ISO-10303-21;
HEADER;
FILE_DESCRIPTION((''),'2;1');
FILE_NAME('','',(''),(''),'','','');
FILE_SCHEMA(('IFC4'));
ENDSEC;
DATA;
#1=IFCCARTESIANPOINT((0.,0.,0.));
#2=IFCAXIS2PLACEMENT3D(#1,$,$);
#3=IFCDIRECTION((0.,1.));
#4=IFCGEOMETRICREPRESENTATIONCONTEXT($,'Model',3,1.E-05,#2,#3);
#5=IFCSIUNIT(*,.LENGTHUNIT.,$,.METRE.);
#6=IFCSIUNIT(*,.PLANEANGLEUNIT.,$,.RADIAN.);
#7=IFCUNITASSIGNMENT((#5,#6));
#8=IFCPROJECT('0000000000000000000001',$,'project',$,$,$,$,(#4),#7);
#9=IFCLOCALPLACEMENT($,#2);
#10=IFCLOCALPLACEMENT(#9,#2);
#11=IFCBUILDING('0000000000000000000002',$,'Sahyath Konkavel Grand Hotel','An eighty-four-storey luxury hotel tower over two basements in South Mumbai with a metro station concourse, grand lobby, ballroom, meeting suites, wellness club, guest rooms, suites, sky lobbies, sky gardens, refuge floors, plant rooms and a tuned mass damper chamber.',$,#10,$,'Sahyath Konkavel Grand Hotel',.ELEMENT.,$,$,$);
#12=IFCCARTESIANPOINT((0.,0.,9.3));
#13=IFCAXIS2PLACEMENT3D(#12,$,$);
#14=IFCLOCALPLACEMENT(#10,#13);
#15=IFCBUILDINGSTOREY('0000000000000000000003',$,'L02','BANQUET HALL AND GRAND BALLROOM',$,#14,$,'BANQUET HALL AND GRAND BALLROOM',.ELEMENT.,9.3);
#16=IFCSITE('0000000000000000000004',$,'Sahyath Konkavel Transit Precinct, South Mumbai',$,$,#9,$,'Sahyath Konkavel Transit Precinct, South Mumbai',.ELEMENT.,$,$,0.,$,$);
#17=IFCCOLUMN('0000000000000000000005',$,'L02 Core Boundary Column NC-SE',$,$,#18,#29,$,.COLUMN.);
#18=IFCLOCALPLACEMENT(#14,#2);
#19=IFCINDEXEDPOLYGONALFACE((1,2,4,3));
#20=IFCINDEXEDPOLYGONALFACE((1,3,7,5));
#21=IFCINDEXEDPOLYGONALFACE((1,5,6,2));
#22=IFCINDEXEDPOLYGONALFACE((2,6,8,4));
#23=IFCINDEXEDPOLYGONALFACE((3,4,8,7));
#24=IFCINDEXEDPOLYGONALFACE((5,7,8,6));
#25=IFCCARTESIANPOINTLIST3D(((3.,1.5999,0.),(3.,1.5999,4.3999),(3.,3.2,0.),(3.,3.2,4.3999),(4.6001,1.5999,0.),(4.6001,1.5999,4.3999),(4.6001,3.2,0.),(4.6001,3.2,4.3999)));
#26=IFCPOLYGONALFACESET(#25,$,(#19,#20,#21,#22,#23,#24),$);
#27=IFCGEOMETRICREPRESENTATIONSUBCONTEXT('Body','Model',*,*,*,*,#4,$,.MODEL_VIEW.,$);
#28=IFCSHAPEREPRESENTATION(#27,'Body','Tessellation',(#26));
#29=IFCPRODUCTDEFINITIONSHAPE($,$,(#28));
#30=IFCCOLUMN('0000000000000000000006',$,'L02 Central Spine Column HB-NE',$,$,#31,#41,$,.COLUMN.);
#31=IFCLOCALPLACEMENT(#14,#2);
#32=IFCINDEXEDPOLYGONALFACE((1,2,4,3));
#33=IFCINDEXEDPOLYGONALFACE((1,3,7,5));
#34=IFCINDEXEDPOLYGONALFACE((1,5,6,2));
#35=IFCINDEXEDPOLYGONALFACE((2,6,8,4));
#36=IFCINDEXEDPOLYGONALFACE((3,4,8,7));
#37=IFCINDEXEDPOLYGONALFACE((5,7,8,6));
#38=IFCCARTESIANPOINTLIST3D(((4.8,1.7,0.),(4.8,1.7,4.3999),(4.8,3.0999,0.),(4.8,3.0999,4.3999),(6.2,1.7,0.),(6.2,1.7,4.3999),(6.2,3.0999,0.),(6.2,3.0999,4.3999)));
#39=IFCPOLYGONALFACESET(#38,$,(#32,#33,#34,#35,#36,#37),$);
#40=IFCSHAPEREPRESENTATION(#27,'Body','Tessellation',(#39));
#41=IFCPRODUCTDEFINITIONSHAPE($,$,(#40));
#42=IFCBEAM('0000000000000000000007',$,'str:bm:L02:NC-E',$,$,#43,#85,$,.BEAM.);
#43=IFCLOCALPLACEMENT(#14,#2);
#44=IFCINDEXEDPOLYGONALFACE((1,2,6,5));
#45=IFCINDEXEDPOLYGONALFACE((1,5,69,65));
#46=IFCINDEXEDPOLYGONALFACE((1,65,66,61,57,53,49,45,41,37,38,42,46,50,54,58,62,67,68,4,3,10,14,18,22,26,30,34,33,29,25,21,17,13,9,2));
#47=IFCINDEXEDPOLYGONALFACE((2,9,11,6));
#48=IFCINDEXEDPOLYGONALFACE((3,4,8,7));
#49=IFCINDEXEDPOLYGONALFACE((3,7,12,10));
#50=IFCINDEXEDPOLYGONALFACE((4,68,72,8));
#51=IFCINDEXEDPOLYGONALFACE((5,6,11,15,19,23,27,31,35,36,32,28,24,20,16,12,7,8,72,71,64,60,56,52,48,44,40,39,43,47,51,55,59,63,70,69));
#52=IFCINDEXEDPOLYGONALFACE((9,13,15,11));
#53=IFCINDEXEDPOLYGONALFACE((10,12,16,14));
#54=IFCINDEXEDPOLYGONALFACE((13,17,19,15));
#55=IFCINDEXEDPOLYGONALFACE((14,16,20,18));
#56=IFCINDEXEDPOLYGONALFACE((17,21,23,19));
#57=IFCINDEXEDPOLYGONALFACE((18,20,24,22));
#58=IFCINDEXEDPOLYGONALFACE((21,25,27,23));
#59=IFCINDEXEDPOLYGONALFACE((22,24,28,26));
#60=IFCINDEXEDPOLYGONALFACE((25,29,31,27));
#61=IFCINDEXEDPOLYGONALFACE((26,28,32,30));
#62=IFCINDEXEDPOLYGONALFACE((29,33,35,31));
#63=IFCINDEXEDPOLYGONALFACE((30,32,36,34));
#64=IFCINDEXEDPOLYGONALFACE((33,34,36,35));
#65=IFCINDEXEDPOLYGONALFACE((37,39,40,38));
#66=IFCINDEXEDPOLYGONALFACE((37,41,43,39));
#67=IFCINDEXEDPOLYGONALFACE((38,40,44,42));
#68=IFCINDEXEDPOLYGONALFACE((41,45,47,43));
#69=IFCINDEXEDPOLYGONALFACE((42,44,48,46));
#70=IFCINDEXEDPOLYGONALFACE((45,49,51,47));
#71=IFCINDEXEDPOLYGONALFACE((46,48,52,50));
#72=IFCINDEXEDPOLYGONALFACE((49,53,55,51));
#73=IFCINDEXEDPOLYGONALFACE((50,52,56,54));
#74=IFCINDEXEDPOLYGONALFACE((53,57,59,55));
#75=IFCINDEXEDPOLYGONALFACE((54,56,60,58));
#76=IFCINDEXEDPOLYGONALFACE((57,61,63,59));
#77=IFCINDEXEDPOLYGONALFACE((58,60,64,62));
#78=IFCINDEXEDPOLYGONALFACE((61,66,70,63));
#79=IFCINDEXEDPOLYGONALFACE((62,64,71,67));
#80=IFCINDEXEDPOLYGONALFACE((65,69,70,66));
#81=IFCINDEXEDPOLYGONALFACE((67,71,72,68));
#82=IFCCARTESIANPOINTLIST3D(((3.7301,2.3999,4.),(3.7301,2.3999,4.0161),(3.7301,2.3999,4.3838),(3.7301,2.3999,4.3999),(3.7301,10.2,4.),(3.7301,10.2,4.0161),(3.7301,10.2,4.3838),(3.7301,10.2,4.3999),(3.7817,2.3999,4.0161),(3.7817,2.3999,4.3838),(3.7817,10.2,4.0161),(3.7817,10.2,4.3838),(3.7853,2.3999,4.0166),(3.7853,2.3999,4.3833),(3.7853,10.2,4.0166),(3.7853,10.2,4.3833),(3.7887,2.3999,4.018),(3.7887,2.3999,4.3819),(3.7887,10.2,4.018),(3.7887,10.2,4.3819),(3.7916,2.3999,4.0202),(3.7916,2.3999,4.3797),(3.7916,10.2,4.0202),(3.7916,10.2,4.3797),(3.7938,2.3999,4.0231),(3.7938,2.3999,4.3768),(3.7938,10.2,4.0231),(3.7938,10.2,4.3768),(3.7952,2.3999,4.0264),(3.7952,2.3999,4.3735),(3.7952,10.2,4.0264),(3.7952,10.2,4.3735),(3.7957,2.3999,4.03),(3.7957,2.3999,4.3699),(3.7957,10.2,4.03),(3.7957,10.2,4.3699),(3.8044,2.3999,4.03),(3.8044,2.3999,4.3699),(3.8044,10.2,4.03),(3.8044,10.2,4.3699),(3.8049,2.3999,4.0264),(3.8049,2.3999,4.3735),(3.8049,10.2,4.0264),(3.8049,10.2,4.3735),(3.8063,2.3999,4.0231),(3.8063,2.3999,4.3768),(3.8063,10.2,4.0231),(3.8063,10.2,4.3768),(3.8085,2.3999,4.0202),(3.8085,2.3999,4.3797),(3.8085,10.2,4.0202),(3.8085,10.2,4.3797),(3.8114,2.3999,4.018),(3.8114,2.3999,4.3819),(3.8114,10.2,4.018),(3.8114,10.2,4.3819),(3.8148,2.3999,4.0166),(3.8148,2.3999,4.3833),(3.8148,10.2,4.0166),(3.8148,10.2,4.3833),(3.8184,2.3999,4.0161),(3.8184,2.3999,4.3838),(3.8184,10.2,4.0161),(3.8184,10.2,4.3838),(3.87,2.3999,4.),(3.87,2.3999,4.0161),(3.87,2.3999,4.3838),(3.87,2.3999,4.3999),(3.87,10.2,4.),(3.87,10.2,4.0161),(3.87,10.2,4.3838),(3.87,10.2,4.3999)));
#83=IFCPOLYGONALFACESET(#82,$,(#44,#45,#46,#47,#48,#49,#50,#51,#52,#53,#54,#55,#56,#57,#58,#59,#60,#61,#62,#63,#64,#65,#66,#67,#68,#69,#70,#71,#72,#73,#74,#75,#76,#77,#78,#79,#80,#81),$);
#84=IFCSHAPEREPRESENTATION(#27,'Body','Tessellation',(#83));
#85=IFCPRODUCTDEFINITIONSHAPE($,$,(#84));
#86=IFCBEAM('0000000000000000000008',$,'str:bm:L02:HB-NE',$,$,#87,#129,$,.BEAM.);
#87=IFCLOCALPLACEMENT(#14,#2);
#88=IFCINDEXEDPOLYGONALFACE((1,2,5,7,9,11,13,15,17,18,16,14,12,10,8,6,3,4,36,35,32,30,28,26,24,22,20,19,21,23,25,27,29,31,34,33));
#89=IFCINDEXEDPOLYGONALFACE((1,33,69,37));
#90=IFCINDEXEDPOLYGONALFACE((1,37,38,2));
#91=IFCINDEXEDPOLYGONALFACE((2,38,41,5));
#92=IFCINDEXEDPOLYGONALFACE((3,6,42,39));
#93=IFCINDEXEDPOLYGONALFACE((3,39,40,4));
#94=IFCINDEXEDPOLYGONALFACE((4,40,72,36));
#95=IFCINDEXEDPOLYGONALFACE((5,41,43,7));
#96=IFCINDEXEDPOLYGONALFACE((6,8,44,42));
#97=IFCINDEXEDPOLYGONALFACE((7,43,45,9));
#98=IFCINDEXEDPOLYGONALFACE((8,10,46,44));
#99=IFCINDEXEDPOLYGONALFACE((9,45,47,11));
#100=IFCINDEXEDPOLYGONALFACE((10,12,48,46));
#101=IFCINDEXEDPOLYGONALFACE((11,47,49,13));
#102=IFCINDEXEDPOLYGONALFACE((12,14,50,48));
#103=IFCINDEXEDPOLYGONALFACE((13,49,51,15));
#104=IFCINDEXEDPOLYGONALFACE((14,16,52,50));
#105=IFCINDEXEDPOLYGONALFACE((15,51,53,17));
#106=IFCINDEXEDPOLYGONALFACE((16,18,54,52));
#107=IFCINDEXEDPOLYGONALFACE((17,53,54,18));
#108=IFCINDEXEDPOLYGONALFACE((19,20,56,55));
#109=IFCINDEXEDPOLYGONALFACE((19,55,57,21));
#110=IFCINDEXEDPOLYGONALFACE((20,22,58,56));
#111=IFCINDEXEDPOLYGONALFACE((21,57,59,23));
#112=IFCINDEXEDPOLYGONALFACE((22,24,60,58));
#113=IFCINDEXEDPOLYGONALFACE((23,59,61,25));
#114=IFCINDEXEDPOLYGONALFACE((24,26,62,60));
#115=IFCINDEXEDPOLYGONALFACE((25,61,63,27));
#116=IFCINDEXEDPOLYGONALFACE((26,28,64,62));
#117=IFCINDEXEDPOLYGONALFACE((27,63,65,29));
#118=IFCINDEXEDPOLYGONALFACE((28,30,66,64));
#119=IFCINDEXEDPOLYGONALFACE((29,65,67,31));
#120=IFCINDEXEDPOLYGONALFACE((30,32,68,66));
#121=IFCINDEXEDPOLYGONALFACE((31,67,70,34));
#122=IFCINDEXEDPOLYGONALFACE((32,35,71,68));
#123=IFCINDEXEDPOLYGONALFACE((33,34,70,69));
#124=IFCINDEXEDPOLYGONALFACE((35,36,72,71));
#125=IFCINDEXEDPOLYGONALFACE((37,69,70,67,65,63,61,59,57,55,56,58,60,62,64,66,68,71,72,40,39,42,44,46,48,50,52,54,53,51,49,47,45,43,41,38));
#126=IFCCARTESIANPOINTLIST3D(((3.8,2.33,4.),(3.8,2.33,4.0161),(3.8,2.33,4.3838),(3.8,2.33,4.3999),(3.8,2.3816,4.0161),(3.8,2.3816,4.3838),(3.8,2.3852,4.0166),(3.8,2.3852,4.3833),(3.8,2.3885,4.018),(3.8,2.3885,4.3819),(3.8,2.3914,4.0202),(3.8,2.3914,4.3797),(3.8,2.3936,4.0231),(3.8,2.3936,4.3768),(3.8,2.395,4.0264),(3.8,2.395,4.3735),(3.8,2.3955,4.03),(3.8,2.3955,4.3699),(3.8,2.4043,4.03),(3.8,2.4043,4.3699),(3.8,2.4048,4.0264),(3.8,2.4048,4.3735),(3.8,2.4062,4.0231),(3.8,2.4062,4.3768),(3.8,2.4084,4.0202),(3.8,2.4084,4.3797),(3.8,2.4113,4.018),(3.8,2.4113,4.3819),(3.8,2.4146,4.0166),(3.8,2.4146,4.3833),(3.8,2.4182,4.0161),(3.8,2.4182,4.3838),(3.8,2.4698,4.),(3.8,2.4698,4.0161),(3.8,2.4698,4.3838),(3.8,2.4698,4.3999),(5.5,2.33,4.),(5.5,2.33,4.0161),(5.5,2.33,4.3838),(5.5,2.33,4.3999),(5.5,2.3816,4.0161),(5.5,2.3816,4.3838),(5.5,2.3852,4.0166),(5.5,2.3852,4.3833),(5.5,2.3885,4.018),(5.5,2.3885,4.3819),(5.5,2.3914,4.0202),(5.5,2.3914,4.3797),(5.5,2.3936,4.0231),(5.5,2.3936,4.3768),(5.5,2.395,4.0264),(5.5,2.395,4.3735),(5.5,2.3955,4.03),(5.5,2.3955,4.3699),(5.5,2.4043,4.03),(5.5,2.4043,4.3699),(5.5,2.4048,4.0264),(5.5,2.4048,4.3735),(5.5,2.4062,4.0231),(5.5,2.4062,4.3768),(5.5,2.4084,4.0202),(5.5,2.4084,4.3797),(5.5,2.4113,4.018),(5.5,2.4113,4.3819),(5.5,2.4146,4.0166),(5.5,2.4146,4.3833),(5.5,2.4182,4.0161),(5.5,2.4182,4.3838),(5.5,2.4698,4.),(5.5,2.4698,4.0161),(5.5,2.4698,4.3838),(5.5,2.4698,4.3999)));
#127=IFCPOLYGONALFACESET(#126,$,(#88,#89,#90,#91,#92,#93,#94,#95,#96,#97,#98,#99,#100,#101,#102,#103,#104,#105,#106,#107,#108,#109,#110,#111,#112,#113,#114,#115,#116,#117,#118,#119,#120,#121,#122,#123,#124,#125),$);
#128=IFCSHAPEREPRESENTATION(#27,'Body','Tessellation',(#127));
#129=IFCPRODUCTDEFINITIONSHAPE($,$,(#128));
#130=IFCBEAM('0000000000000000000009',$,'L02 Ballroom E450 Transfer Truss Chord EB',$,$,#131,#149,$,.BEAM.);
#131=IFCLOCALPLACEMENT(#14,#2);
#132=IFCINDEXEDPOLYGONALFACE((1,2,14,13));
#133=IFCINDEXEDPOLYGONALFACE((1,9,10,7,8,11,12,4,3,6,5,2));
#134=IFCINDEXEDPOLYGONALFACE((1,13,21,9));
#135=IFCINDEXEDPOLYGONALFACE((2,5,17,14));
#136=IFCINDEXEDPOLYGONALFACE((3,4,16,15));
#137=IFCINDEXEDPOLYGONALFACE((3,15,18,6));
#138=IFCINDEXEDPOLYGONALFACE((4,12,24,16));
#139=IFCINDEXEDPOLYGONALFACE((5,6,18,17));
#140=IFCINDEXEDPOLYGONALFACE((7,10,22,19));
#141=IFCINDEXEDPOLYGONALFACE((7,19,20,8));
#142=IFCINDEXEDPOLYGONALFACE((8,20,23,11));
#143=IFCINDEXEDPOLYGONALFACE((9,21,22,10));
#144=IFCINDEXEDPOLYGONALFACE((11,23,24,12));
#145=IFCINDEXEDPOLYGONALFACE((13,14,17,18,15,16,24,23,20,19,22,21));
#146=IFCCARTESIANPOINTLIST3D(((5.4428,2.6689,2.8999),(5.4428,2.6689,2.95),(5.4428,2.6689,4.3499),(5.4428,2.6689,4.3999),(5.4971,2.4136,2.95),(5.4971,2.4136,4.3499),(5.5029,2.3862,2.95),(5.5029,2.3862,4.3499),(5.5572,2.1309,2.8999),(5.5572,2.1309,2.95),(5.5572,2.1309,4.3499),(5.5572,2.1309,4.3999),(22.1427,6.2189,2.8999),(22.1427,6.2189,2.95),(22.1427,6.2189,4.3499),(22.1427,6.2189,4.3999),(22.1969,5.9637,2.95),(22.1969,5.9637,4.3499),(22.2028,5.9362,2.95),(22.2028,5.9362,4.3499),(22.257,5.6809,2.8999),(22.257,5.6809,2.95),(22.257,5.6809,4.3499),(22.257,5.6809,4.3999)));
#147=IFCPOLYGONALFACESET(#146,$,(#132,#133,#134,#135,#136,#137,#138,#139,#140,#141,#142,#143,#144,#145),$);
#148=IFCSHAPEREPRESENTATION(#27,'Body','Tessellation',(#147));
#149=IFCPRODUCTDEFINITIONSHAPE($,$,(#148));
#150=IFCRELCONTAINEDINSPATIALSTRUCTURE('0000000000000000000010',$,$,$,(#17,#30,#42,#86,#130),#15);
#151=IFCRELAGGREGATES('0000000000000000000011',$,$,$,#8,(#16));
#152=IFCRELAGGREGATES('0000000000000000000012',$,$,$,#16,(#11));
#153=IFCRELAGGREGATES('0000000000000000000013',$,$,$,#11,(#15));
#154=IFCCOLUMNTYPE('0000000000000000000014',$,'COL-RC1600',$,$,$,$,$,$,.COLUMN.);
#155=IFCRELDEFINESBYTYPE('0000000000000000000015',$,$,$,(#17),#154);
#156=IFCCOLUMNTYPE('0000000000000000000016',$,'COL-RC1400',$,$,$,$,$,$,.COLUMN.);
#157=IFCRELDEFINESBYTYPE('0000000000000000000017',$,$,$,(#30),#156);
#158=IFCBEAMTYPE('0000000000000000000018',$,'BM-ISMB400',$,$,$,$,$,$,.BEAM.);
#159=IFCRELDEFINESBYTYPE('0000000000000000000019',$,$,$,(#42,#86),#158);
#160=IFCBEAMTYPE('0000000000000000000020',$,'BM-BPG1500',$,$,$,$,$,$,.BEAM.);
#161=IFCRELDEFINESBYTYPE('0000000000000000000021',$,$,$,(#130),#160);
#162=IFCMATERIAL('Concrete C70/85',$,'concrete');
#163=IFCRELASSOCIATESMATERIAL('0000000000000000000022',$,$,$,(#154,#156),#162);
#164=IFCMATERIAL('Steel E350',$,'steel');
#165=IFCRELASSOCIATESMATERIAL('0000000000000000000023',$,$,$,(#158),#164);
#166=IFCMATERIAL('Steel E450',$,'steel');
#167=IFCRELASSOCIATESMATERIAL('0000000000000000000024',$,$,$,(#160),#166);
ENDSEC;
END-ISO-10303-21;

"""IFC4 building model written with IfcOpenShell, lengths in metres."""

from ifc_helpers import new_model, si_unit, direction, frame, origin, origin_2d, place, context, subcontext, project, spatial, rectangle, i_section, extrude, source, transform, mapped, material, material_profile, profile_set, type_object, element, save


model = new_model("IFC4")

# Units and contexts
model_context = context("Model", 3, precision=1e-05, world=origin(), true_north=direction((0.0, 1.0)))
body_context = subcontext(model_context, "Body", "Model", "MODEL_VIEW")
ifc_project = project(units=[si_unit("LENGTHUNIT", "METRE"), si_unit("PLANEANGLEUNIT", "RADIAN")], contexts=[model_context])

# Site, building, storey
site_placement = place(None, origin())
site = spatial("IfcSite", under=ifc_project, at=site_placement, Name="Sahyath Konkavel Transit Precinct, South Mumbai", LongName="Sahyath Konkavel Transit Precinct, South Mumbai", CompositionType="ELEMENT", RefElevation=0.0)
building_placement = place(site_placement, origin())
building = spatial("IfcBuilding", under=site, at=building_placement, Name="Sahyath Konkavel Grand Hotel", Description="An eighty-four-storey luxury hotel tower over two basements in South Mumbai with a metro station concourse, grand lobby, ballroom, meeting suites, wellness club, guest rooms, suites, sky lobbies, sky gardens, refuge floors, plant rooms and a tuned mass damper chamber.", LongName="Sahyath Konkavel Grand Hotel", CompositionType="ELEMENT")
storey_placement = place(building_placement, frame((0.0, 0.0, 9.3)))
storey = spatial("IfcBuildingStorey", under=building, at=storey_placement, Name="L02", Description="BANQUET HALL AND GRAND BALLROOM", LongName="BANQUET HALL AND GRAND BALLROOM", CompositionType="ELEMENT", Elevation=9.3)

# Columns
ifc_material_1 = material(Name="Concrete C70/85", Category="concrete")
ifc_material_profile_1 = material_profile(ifc_material_1, rectangle(XDim=1.6001, YDim=1.6001, at=origin_2d()), Name="RC 1600x1600")
ifc_profile_set_1 = profile_set([ifc_material_profile_1], Name="Concrete C70/85")
column_type_1 = type_object("IfcColumnType", Name="COL-RC1600", PredefinedType="COLUMN", material=ifc_profile_set_1)
shared_shape_1 = source(origin(), body_context, "Body", "SweptSolid", [
    extrude(rectangle(XDim=1.6001, YDim=1.6001, at=origin_2d()), origin(), (0.0, 0.0, 1.0), 4.3999),
])
column_1_placement = place(storey_placement, frame((3.8, 2.3999, 0.0), z_axis=(0.0, 0.0, 1.0), x_axis=(1.0, 0.0, 0.0)))
element("IfcColumn", 1, at=column_1_placement, inside=storey, type_object=column_type_1, Name="L02 Core Boundary Column NC-SE", PredefinedType="COLUMN", context=body_context, shape_type="MappedRepresentation", body=[
    mapped(shared_shape_1, transform((0.0, 0.0, 0.0), scale=1.0)),
])
ifc_material_profile_2 = material_profile(ifc_material_1, rectangle(XDim=1.3999, YDim=1.3999, at=origin_2d()), Name="RC 1400x1400")
ifc_profile_set_2 = profile_set([ifc_material_profile_2], Name="Concrete C70/85")
column_type_2 = type_object("IfcColumnType", Name="COL-RC1400", PredefinedType="COLUMN", material=ifc_profile_set_2)
shared_shape_2 = source(origin(), body_context, "Body", "SweptSolid", [
    extrude(rectangle(XDim=1.3999, YDim=1.3999, at=origin_2d()), origin(), (0.0, 0.0, 1.0), 4.3999),
])
column_2_placement = place(storey_placement, frame((5.5, 2.3999, 0.0), z_axis=(0.0, 0.0, 1.0), x_axis=(1.0, 0.0, 0.0)))
element("IfcColumn", 2, at=column_2_placement, inside=storey, type_object=column_type_2, Name="L02 Central Spine Column HB-NE", PredefinedType="COLUMN", context=body_context, shape_type="MappedRepresentation", body=[
    mapped(shared_shape_2, transform((0.0, 0.0, 0.0), scale=1.0)),
])

# Beams
ifc_material_2 = material(Name="Steel E350", Category="steel")
ifc_material_profile_3 = material_profile(ifc_material_2, i_section(OverallWidth=0.1399, OverallDepth=0.3999, WebThickness=0.0088, FlangeThickness=0.0161, FilletRadius=0.0139, at=origin_2d()), Name="ISMB 400")
ifc_profile_set_3 = profile_set([ifc_material_profile_3], Name="Steel E350")
beam_type_1 = type_object("IfcBeamType", Name="BM-ISMB400", PredefinedType="BEAM", material=ifc_profile_set_3)
shared_shape_3 = source(origin(), body_context, "Body", "SweptSolid", [
    extrude(i_section(OverallWidth=0.1399, OverallDepth=0.3999, WebThickness=0.0088, FlangeThickness=0.0161, FilletRadius=0.0139, at=origin_2d()), origin(), (0.0, 0.0, 1.0), 7.8),
])
beam_1_placement = place(storey_placement, frame((3.8, 2.3999, 4.2), z_axis=(0.0, 1.0, 0.0), x_axis=(-1.0, 0.0, 0.0)))
element("IfcBeam", 3, at=beam_1_placement, inside=storey, type_object=beam_type_1, Name="str:bm:L02:NC-E", PredefinedType="BEAM", context=body_context, shape_type="MappedRepresentation", body=[
    mapped(shared_shape_3, transform((0.0, 0.0, 0.0), scale=1.0)),
])
shared_shape_4 = source(origin(), body_context, "Body", "SweptSolid", [
    extrude(i_section(OverallWidth=0.1399, OverallDepth=0.3999, WebThickness=0.0088, FlangeThickness=0.0161, FilletRadius=0.0139, at=origin_2d()), origin(), (0.0, 0.0, 1.0), 1.7),
])
beam_2_placement = place(storey_placement, frame((3.8, 2.3999, 4.2), z_axis=(1.0, 0.0, 0.0), x_axis=(0.0, 1.0, 0.0)))
element("IfcBeam", 4, at=beam_2_placement, inside=storey, type_object=beam_type_1, Name="str:bm:L02:HB-NE", PredefinedType="BEAM", context=body_context, shape_type="MappedRepresentation", body=[
    mapped(shared_shape_4, transform((0.0, 0.0, 0.0), scale=1.0)),
])
ifc_material_3 = material(Name="Steel E450", Category="steel")
ifc_material_profile_4 = material_profile(ifc_material_3, i_section(OverallWidth=0.55, OverallDepth=1.5, WebThickness=0.0281, FlangeThickness=0.05, at=origin_2d()), Name="BPG 1500x550")
ifc_profile_set_4 = profile_set([ifc_material_profile_4], Name="Steel E450")
beam_type_2 = type_object("IfcBeamType", Name="BM-BPG1500", PredefinedType="BEAM", material=ifc_profile_set_4)
shared_shape_5 = source(origin(), body_context, "Body", "SweptSolid", [
    extrude(i_section(OverallWidth=0.55, OverallDepth=1.5, WebThickness=0.0281, FlangeThickness=0.05, at=origin_2d()), origin(), (0.0, 0.0, 1.0), 17.073),
])
beam_3_placement = place(storey_placement, frame((5.5, 2.3999, 3.6499), z_axis=(0.978143, 0.207932, 0.0), x_axis=(-0.207932, 0.978143, 0.0)))
element("IfcBeam", 5, at=beam_3_placement, inside=storey, type_object=beam_type_2, Name="L02 Ballroom E450 Transfer Truss Chord EB", PredefinedType="BEAM", context=body_context, shape_type="MappedRepresentation", body=[
    mapped(shared_shape_5, transform((0.0, 0.0, 0.0), scale=1.0)),
])

save(model, "model.ifc")
